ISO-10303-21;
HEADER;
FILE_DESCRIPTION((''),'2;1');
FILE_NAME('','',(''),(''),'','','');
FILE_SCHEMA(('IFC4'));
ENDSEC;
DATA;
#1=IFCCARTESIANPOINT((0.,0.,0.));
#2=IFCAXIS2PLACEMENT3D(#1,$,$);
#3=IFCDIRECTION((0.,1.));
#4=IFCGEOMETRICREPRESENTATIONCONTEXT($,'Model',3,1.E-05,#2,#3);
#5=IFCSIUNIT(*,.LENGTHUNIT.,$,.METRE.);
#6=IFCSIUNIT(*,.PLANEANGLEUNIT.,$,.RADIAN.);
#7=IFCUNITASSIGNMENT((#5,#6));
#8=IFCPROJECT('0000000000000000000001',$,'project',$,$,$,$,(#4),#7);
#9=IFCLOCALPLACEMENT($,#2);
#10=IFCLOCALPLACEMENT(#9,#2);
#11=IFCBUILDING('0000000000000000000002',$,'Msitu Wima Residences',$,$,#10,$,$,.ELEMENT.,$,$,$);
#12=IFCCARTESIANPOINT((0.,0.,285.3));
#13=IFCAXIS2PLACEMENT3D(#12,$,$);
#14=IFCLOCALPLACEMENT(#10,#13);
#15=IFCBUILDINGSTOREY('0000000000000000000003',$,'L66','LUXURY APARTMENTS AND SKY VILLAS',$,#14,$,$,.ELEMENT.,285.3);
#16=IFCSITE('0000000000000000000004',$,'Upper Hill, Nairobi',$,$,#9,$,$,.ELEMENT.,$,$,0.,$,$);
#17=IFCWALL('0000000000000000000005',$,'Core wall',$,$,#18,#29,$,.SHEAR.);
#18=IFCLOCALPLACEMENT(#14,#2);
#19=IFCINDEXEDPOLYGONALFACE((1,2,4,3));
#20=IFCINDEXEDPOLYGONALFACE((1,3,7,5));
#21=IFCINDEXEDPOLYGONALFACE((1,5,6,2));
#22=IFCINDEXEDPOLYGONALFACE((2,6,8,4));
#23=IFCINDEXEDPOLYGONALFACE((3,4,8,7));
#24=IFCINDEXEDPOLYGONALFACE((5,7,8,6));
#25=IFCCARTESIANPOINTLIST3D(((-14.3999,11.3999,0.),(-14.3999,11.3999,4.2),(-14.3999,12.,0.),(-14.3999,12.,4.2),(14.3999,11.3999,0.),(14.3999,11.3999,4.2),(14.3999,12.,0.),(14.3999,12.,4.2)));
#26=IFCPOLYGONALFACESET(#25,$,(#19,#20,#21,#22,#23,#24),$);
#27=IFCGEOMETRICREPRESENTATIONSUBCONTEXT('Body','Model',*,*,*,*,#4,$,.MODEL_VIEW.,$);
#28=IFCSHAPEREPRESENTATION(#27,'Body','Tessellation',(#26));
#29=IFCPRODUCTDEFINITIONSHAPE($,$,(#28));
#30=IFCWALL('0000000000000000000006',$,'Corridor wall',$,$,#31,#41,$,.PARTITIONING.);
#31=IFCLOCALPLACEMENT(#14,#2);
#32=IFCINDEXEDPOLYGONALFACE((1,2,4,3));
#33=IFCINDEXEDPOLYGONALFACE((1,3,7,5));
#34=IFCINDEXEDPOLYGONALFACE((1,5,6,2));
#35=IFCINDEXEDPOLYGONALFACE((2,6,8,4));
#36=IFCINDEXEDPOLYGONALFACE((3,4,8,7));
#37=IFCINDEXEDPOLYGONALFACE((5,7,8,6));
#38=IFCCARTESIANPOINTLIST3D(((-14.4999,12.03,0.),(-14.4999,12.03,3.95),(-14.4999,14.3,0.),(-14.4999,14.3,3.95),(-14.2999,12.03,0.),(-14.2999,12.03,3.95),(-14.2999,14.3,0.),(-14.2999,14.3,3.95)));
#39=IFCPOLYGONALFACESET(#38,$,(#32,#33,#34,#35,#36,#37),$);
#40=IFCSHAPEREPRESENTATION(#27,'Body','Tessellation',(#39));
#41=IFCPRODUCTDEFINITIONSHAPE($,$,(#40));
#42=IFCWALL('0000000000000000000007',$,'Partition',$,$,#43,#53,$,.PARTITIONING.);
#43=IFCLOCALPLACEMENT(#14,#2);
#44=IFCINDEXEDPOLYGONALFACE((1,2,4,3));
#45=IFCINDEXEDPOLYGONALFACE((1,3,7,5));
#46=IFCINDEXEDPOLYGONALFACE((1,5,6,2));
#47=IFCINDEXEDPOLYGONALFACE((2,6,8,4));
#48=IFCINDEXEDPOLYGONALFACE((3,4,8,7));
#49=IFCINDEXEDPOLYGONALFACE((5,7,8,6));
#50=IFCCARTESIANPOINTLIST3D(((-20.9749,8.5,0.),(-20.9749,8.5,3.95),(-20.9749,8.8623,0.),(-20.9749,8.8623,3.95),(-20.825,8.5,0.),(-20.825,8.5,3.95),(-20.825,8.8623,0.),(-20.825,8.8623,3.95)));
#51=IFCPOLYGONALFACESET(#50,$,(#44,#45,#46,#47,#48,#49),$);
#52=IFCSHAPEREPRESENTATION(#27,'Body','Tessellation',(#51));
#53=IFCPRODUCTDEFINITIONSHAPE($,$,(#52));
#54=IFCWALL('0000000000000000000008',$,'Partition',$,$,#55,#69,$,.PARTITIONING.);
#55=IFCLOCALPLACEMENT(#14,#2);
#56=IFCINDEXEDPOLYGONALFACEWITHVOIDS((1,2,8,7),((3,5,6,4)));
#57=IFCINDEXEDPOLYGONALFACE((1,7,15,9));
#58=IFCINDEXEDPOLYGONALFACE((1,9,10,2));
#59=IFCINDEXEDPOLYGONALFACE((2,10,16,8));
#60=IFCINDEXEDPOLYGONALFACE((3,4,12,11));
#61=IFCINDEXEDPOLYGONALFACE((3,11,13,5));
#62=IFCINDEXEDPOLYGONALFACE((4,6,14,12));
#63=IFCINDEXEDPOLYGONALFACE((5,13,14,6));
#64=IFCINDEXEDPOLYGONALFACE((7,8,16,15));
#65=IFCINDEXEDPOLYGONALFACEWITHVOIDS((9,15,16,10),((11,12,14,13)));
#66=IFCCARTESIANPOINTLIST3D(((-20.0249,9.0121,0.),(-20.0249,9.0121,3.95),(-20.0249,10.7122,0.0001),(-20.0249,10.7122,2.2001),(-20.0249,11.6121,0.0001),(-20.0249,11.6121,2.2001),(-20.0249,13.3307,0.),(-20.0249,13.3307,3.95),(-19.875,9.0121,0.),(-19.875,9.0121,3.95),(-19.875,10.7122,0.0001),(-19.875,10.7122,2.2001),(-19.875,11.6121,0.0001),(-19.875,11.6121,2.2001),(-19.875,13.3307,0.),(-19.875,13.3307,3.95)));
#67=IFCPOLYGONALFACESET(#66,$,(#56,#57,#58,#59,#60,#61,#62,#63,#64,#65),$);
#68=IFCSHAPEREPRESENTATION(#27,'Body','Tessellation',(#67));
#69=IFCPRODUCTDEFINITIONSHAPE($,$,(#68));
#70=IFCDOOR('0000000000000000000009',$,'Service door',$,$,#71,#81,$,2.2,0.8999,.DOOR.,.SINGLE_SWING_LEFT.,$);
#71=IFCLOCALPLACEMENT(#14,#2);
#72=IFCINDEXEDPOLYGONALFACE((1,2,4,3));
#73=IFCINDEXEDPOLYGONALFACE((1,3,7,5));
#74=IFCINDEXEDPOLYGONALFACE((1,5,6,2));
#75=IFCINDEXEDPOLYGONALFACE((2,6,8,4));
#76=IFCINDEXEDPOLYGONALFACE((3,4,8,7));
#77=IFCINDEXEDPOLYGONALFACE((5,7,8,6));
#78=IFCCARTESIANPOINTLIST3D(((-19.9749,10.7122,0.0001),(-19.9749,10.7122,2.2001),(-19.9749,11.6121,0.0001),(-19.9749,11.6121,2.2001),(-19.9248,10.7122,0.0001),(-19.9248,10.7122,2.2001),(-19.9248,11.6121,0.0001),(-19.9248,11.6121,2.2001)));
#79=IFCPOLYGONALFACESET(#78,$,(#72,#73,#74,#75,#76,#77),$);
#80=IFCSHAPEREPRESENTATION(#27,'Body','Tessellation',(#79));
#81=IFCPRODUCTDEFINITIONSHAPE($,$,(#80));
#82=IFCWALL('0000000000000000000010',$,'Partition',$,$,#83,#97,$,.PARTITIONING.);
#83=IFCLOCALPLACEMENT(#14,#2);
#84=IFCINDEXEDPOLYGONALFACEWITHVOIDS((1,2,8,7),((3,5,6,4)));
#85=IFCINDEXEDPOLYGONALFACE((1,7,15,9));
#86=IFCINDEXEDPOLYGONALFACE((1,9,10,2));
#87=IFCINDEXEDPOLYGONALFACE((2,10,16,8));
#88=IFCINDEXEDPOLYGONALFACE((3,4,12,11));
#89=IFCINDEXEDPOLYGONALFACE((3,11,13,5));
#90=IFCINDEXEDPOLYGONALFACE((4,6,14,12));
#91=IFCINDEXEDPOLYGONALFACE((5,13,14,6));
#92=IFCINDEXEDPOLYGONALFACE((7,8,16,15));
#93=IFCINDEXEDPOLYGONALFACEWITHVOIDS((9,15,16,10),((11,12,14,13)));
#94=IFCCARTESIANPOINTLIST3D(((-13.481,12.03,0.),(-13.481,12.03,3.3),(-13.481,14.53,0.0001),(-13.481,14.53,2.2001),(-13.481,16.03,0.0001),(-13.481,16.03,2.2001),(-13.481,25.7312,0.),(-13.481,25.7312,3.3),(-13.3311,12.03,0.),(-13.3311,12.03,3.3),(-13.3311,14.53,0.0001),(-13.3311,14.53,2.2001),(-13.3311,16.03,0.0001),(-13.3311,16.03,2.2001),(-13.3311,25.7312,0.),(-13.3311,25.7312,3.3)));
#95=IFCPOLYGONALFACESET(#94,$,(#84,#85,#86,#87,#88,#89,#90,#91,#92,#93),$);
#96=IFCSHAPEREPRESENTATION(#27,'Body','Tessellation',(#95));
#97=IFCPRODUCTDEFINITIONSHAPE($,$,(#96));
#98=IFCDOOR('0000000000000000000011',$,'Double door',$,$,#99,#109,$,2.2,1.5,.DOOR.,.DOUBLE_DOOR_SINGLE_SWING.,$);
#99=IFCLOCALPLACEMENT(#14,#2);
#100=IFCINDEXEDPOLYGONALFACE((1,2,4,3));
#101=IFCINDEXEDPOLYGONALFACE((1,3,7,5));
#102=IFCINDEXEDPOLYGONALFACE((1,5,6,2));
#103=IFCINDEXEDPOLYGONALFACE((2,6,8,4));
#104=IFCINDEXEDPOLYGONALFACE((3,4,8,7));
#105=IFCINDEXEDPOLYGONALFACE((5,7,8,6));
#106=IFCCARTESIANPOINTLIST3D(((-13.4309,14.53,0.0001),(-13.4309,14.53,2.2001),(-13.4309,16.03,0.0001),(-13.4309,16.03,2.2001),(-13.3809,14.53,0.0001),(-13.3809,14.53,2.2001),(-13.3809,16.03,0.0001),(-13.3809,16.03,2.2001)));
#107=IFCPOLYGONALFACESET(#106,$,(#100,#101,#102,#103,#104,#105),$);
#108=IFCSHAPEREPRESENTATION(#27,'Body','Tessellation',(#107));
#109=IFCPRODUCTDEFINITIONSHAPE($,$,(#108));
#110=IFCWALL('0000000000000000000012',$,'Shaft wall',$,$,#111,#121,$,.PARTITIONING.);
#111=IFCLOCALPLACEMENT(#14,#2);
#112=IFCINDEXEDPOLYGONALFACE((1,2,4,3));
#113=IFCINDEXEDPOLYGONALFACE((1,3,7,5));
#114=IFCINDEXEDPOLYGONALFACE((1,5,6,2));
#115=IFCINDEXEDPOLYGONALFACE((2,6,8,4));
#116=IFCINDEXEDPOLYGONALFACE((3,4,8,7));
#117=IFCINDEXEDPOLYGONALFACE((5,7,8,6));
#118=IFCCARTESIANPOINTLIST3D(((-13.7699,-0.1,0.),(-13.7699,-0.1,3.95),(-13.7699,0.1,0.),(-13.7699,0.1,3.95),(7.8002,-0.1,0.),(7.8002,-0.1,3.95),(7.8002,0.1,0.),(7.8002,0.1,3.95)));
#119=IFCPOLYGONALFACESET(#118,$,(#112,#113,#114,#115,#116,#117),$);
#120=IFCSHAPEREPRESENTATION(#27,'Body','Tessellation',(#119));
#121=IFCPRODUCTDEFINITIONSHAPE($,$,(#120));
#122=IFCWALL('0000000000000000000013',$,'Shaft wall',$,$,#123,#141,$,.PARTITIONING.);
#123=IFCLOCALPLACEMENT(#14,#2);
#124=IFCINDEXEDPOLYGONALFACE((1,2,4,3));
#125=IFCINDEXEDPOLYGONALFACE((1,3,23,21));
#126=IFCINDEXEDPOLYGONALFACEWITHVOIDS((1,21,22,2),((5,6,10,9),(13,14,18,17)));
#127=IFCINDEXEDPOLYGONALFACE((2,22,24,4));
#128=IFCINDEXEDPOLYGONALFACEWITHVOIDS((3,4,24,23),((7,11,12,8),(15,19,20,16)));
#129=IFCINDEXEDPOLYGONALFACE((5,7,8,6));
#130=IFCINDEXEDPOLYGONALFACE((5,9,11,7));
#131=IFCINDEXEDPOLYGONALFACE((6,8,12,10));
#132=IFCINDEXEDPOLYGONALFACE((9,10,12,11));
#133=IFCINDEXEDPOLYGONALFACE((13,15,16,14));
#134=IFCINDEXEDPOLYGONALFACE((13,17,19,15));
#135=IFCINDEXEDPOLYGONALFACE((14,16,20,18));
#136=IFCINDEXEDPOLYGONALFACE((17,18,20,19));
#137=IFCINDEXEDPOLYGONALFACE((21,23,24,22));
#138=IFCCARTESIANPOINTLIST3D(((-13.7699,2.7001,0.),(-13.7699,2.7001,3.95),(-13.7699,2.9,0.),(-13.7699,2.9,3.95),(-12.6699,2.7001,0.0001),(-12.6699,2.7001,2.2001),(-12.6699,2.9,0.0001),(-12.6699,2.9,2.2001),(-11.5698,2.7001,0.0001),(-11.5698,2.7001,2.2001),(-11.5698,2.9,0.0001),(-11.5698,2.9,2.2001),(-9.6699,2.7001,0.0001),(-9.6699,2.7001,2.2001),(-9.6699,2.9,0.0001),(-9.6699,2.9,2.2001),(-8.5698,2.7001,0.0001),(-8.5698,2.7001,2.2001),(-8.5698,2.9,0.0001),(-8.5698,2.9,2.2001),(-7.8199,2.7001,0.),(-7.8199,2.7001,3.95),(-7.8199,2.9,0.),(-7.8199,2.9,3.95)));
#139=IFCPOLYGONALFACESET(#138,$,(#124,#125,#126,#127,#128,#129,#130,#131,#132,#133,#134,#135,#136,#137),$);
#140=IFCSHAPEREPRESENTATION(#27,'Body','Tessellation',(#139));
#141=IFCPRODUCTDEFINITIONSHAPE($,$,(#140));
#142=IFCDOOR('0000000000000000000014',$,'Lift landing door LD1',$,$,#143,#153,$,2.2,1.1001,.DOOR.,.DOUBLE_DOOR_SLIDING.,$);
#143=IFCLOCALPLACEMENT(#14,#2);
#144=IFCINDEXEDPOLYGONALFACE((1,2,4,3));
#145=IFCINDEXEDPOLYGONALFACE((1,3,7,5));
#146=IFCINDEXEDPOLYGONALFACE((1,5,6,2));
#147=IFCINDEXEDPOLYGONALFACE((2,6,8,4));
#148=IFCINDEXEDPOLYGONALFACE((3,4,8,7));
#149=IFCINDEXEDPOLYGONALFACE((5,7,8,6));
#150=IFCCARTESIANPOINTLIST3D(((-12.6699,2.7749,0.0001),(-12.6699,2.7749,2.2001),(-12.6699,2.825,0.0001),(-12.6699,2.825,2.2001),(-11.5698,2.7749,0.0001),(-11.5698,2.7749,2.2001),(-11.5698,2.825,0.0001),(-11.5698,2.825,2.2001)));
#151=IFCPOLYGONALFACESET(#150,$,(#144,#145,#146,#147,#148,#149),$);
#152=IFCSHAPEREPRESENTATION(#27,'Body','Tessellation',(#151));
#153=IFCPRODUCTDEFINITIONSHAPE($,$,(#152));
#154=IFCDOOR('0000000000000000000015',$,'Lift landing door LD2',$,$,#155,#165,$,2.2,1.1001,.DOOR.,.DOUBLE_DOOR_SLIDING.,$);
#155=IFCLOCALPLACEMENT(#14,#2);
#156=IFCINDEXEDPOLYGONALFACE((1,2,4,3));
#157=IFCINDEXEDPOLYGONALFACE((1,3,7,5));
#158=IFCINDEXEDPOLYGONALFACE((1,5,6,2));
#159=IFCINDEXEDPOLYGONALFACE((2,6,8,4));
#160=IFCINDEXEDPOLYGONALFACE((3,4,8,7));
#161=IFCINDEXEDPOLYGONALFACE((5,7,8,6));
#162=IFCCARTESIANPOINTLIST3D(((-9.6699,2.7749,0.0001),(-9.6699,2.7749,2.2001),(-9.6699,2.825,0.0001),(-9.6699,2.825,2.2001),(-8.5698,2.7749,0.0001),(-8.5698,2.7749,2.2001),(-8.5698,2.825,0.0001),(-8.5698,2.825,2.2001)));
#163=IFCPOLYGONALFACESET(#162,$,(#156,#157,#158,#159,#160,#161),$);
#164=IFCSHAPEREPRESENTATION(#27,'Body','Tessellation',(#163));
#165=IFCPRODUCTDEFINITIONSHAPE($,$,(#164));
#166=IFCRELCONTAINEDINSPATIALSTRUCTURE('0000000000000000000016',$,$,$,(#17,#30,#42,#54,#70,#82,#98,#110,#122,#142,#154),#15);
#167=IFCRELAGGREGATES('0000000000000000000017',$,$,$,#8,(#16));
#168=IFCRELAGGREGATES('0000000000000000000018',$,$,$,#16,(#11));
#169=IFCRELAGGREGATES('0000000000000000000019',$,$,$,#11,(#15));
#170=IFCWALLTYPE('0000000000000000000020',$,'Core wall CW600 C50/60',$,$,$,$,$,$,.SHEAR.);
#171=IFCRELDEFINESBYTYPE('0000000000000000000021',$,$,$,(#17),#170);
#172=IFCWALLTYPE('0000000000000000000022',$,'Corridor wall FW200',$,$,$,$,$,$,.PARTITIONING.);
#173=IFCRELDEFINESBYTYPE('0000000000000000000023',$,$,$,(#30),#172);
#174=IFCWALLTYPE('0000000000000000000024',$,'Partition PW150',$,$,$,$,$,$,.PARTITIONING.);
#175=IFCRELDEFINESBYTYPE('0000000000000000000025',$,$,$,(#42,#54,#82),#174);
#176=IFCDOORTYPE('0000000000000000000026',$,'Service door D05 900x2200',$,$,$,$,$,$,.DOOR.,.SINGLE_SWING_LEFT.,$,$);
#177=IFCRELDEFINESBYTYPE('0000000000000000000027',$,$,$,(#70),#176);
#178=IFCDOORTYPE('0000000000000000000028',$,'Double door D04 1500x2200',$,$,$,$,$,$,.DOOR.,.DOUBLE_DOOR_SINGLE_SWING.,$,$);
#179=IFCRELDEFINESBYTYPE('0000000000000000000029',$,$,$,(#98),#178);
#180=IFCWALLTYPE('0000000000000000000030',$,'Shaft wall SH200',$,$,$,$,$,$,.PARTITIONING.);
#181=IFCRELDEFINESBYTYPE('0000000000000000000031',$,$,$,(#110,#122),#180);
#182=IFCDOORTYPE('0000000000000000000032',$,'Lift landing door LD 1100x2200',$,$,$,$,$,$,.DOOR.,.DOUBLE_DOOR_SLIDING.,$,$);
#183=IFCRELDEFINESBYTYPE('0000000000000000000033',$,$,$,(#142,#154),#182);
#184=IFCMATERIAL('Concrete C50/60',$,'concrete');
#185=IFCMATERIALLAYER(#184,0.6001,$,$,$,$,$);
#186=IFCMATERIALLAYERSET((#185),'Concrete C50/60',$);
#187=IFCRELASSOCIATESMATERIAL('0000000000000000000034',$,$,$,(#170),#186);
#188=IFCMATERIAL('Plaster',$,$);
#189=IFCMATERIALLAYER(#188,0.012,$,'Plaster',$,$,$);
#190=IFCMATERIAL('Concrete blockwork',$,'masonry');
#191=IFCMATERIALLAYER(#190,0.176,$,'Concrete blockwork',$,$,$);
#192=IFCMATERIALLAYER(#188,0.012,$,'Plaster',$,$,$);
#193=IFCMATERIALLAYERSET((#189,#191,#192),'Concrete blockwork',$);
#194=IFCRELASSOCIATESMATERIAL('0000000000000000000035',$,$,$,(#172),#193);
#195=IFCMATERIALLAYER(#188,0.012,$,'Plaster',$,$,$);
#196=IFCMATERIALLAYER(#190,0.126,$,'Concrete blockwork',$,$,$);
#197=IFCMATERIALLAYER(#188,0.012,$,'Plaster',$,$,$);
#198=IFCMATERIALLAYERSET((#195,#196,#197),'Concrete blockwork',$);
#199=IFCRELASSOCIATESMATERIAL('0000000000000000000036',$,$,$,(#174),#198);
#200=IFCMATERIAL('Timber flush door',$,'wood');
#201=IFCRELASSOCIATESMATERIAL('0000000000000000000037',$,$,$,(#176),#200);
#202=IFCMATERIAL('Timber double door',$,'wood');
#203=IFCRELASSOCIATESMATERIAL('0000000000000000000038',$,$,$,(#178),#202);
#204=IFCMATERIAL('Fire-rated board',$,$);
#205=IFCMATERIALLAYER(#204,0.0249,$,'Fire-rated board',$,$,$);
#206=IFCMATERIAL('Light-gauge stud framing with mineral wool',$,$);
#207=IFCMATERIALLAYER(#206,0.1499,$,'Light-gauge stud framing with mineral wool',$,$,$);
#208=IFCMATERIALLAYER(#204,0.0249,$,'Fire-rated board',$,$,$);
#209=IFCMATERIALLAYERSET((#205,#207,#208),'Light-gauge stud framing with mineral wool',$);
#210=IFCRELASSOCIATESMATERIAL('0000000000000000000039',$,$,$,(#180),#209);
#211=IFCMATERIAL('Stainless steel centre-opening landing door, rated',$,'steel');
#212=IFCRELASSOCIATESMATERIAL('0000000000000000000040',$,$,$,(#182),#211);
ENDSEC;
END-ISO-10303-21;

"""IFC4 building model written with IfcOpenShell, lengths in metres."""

from ifc_helpers import new_model, si_unit, direction, frame, frame_2d, origin, place, context, subcontext, project, spatial, rectangle, extrude, material, layer, layer_set, type_object, element, fill, save


model = new_model("IFC4")

# Units and contexts
model_context = context("Model", 3, precision=1e-05, world=origin(), true_north=direction((0.0, 1.0)))
body_context = subcontext(model_context, "Body", "Model", "MODEL_VIEW")
ifc_project = project(units=[si_unit("LENGTHUNIT", "METRE"), si_unit("PLANEANGLEUNIT", "RADIAN")], contexts=[model_context])

# Site, building, storey
site_placement = place(None, origin())
site = spatial("IfcSite", under=ifc_project, at=site_placement, Name="Upper Hill, Nairobi", CompositionType="ELEMENT", RefElevation=0.0)
building_placement = place(site_placement, origin())
building = spatial("IfcBuilding", under=site, at=building_placement, Name="Msitu Wima Residences", CompositionType="ELEMENT")
storey_placement = place(building_placement, frame((0.0, 0.0, 285.3)))
storey = spatial("IfcBuildingStorey", under=building, at=storey_placement, Name="L66", Description="LUXURY APARTMENTS AND SKY VILLAS", CompositionType="ELEMENT", Elevation=285.3)

# Walls
ifc_material_1 = material(Name="Concrete C50/60", Category="concrete")
ifc_layer_1 = layer(ifc_material_1, 0.6001)
ifc_layer_set_1 = layer_set([ifc_layer_1], Name="Concrete C50/60")
wall_type_1 = type_object("IfcWallType", Name="Core wall CW600 C50/60", PredefinedType="SHEAR", material=ifc_layer_set_1)
wall_1_placement = place(storey_placement, frame((-14.3999, 11.7, 0.0), z_axis=(0.0, 0.0, 1.0), x_axis=(1.0, 0.0, 0.0)))
element("IfcWall", 1, at=wall_1_placement, inside=storey, type_object=wall_type_1, Name="Core wall", PredefinedType="SHEAR", context=body_context, shape_type="SweptSolid", body=[
    extrude(rectangle(XDim=28.7998, YDim=0.6001, at=frame_2d((14.3999, 0.0))), origin(), (0.0, 0.0, 1.0), 4.2),
])
ifc_material_2 = material(Name="Plaster")
ifc_layer_2 = layer(ifc_material_2, 0.012, Name="Plaster")
ifc_material_3 = material(Name="Concrete blockwork", Category="masonry")
ifc_layer_3 = layer(ifc_material_3, 0.176, Name="Concrete blockwork")
ifc_layer_4 = layer(ifc_material_2, 0.012, Name="Plaster")
ifc_layer_set_2 = layer_set([ifc_layer_2, ifc_layer_3, ifc_layer_4], Name="Concrete blockwork")
wall_type_2 = type_object("IfcWallType", Name="Corridor wall FW200", PredefinedType="PARTITIONING", material=ifc_layer_set_2)
wall_2_placement = place(storey_placement, frame((-14.3999, 12.03, 0.0), z_axis=(0.0, 0.0, 1.0), x_axis=(0.0, 1.0, 0.0)))
element("IfcWall", 2, at=wall_2_placement, inside=storey, type_object=wall_type_2, Name="Corridor wall", PredefinedType="PARTITIONING", context=body_context, shape_type="SweptSolid", body=[
    extrude(rectangle(XDim=2.27, YDim=0.2, at=frame_2d((1.135, 0.0))), origin(), (0.0, 0.0, 1.0), 3.95),
])
ifc_layer_5 = layer(ifc_material_2, 0.012, Name="Plaster")
ifc_layer_6 = layer(ifc_material_3, 0.126, Name="Concrete blockwork")
ifc_layer_7 = layer(ifc_material_2, 0.012, Name="Plaster")
ifc_layer_set_3 = layer_set([ifc_layer_5, ifc_layer_6, ifc_layer_7], Name="Concrete blockwork")
wall_type_3 = type_object("IfcWallType", Name="Partition PW150", PredefinedType="PARTITIONING", material=ifc_layer_set_3)
wall_3_placement = place(storey_placement, frame((-20.8999, 8.5, 0.0), z_axis=(0.0, 0.0, 1.0), x_axis=(0.0, 1.0, 0.0)))
element("IfcWall", 3, at=wall_3_placement, inside=storey, type_object=wall_type_3, Name="Partition", PredefinedType="PARTITIONING", context=body_context, shape_type="SweptSolid", body=[
    extrude(rectangle(XDim=0.3623, YDim=0.1499, at=frame_2d((0.1812, 0.0))), origin(), (0.0, 0.0, 1.0), 3.95),
])

# Walls, openings, doors
wall_4_placement = place(storey_placement, frame((-19.95, 9.0122, 0.0), z_axis=(0.0, 0.0, 1.0), x_axis=(0.0, 1.0, 0.0)))
wall_4 = element("IfcWall", 4, at=wall_4_placement, inside=storey, type_object=wall_type_3, Name="Partition", PredefinedType="PARTITIONING", context=body_context, shape_type="SweptSolid", body=[
    extrude(rectangle(XDim=4.3186, YDim=0.1499, at=frame_2d((2.1592, 0.0))), origin(), (0.0, 0.0, 1.0), 3.95),
])
opening_1_placement = place(wall_4_placement, frame((1.7, 0.0, 0.0)))
opening_1 = element("IfcOpeningElement", 5, at=opening_1_placement, cuts=wall_4, PredefinedType="OPENING", context=body_context, shape_type="SweptSolid", body=[
    extrude(rectangle(XDim=0.8999, YDim=2.2, at=frame_2d((0.45, 1.1001))), frame((0.0, 0.085, 0.0), z_axis=(0.0, -1.0, 0.0), x_axis=(1.0, 0.0, 0.0)), (0.0, 0.0, 1.0), 0.1699),
])
ifc_material_4 = material(Name="Timber flush door", Category="wood")
door_type_1 = type_object("IfcDoorType", Name="Service door D05 900x2200", OperationType="SINGLE_SWING_LEFT", PredefinedType="DOOR", material=ifc_material_4)
door_1_placement = place(opening_1_placement, origin())
door_1 = element("IfcDoor", 6, at=door_1_placement, inside=storey, type_object=door_type_1, Name="Service door", OperationType="SINGLE_SWING_LEFT", OverallHeight=2.2, OverallWidth=0.8999, PredefinedType="DOOR", context=body_context, shape_type="SweptSolid", body=[
    extrude(rectangle(XDim=0.8999, YDim=2.2, at=frame_2d((0.45, 1.1001))), frame((0.0, 0.0249, 0.0), z_axis=(0.0, -1.0, 0.0), x_axis=(1.0, 0.0, 0.0)), (0.0, 0.0, 1.0), 0.05),
])
fill(opening_1, door_1)
wall_5_placement = place(storey_placement, frame((-13.406, 12.03, 0.0), z_axis=(0.0, 0.0, 1.0), x_axis=(0.0, 1.0, 0.0)))
wall_5 = element("IfcWall", 7, at=wall_5_placement, inside=storey, type_object=wall_type_3, Name="Partition", PredefinedType="PARTITIONING", context=body_context, shape_type="SweptSolid", body=[
    extrude(rectangle(XDim=13.7012, YDim=0.1499, at=frame_2d((6.8506, 0.0))), origin(), (0.0, 0.0, 1.0), 3.3),
])
opening_2_placement = place(wall_5_placement, frame((2.5, 0.0, 0.0)))
opening_2 = element("IfcOpeningElement", 8, at=opening_2_placement, cuts=wall_5, PredefinedType="OPENING", context=body_context, shape_type="SweptSolid", body=[
    extrude(rectangle(XDim=1.5, YDim=2.2, at=frame_2d((0.75, 1.1001))), frame((0.0, 0.085, 0.0), z_axis=(0.0, -1.0, 0.0), x_axis=(1.0, 0.0, 0.0)), (0.0, 0.0, 1.0), 0.1699),
])
ifc_material_5 = material(Name="Timber double door", Category="wood")
door_type_2 = type_object("IfcDoorType", Name="Double door D04 1500x2200", OperationType="DOUBLE_DOOR_SINGLE_SWING", PredefinedType="DOOR", material=ifc_material_5)
door_2_placement = place(opening_2_placement, origin())
door_2 = element("IfcDoor", 9, at=door_2_placement, inside=storey, type_object=door_type_2, Name="Double door", OperationType="DOUBLE_DOOR_SINGLE_SWING", OverallHeight=2.2, OverallWidth=1.5, PredefinedType="DOOR", context=body_context, shape_type="SweptSolid", body=[
    extrude(rectangle(XDim=1.5, YDim=2.2, at=frame_2d((0.75, 1.1001))), frame((0.0, 0.0249, 0.0), z_axis=(0.0, -1.0, 0.0), x_axis=(1.0, 0.0, 0.0)), (0.0, 0.0, 1.0), 0.05),
])
fill(opening_2, door_2)

# Wall
ifc_material_6 = material(Name="Fire-rated board")
ifc_layer_8 = layer(ifc_material_6, 0.0249, Name="Fire-rated board")
ifc_material_7 = material(Name="Light-gauge stud framing with mineral wool")
ifc_layer_9 = layer(ifc_material_7, 0.1499, Name="Light-gauge stud framing with mineral wool")
ifc_layer_10 = layer(ifc_material_6, 0.0249, Name="Fire-rated board")
ifc_layer_set_4 = layer_set([ifc_layer_8, ifc_layer_9, ifc_layer_10], Name="Light-gauge stud framing with mineral wool")
wall_type_4 = type_object("IfcWallType", Name="Shaft wall SH200", PredefinedType="PARTITIONING", material=ifc_layer_set_4)
wall_6_placement = place(storey_placement, frame((-13.77, 0.0, 0.0), z_axis=(0.0, 0.0, 1.0), x_axis=(1.0, 0.0, 0.0)))
element("IfcWall", 10, at=wall_6_placement, inside=storey, type_object=wall_type_4, Name="Shaft wall", PredefinedType="PARTITIONING", context=body_context, shape_type="SweptSolid", body=[
    extrude(rectangle(XDim=21.5701, YDim=0.2, at=frame_2d((10.7852, 0.0))), origin(), (0.0, 0.0, 1.0), 3.95),
])

# Wall, openings, doors
wall_7_placement = place(storey_placement, frame((-13.77, 2.8, 0.0), z_axis=(0.0, 0.0, 1.0), x_axis=(1.0, 0.0, 0.0)))
wall_7 = element("IfcWall", 11, at=wall_7_placement, inside=storey, type_object=wall_type_4, Name="Shaft wall", PredefinedType="PARTITIONING", context=body_context, shape_type="SweptSolid", body=[
    extrude(rectangle(XDim=5.95, YDim=0.2, at=frame_2d((2.9751, 0.0))), origin(), (0.0, 0.0, 1.0), 3.95),
])
opening_3_placement = place(wall_7_placement, frame((1.1001, 0.0, 0.0)))
opening_3 = element("IfcOpeningElement", 12, at=opening_3_placement, cuts=wall_7, PredefinedType="OPENING", context=body_context, shape_type="SweptSolid", body=[
    extrude(rectangle(XDim=1.1001, YDim=2.2, at=frame_2d((0.55, 1.1001))), frame((0.0, 0.1099, 0.0), z_axis=(0.0, -1.0, 0.0), x_axis=(1.0, 0.0, 0.0)), (0.0, 0.0, 1.0), 0.22),
])
opening_4_placement = place(wall_7_placement, frame((4.1001, 0.0, 0.0)))
opening_4 = element("IfcOpeningElement", 13, at=opening_4_placement, cuts=wall_7, PredefinedType="OPENING", context=body_context, shape_type="SweptSolid", body=[
    extrude(rectangle(XDim=1.1001, YDim=2.2, at=frame_2d((0.55, 1.1001))), frame((0.0, 0.1099, 0.0), z_axis=(0.0, -1.0, 0.0), x_axis=(1.0, 0.0, 0.0)), (0.0, 0.0, 1.0), 0.22),
])
ifc_material_8 = material(Name="Stainless steel centre-opening landing door, rated", Category="steel")
door_type_3 = type_object("IfcDoorType", Name="Lift landing door LD 1100x2200", OperationType="DOUBLE_DOOR_SLIDING", PredefinedType="DOOR", material=ifc_material_8)
door_3_placement = place(opening_3_placement, origin())
door_3 = element("IfcDoor", 14, at=door_3_placement, inside=storey, type_object=door_type_3, Name="Lift landing door LD1", OperationType="DOUBLE_DOOR_SLIDING", OverallHeight=2.2, OverallWidth=1.1001, PredefinedType="DOOR", context=body_context, shape_type="SweptSolid", body=[
    extrude(rectangle(XDim=1.1001, YDim=2.2, at=frame_2d((0.55, 1.1001))), frame((0.0, 0.0249, 0.0), z_axis=(0.0, -1.0, 0.0), x_axis=(1.0, 0.0, 0.0)), (0.0, 0.0, 1.0), 0.05),
])
fill(opening_3, door_3)
door_4_placement = place(opening_4_placement, origin())
door_4 = element("IfcDoor", 15, at=door_4_placement, inside=storey, type_object=door_type_3, Name="Lift landing door LD2", OperationType="DOUBLE_DOOR_SLIDING", OverallHeight=2.2, OverallWidth=1.1001, PredefinedType="DOOR", context=body_context, shape_type="SweptSolid", body=[
    extrude(rectangle(XDim=1.1001, YDim=2.2, at=frame_2d((0.55, 1.1001))), frame((0.0, 0.0249, 0.0), z_axis=(0.0, -1.0, 0.0), x_axis=(1.0, 0.0, 0.0)), (0.0, 0.0, 1.0), 0.05),
])
fill(opening_4, door_4)

save(model, "model.ifc")
